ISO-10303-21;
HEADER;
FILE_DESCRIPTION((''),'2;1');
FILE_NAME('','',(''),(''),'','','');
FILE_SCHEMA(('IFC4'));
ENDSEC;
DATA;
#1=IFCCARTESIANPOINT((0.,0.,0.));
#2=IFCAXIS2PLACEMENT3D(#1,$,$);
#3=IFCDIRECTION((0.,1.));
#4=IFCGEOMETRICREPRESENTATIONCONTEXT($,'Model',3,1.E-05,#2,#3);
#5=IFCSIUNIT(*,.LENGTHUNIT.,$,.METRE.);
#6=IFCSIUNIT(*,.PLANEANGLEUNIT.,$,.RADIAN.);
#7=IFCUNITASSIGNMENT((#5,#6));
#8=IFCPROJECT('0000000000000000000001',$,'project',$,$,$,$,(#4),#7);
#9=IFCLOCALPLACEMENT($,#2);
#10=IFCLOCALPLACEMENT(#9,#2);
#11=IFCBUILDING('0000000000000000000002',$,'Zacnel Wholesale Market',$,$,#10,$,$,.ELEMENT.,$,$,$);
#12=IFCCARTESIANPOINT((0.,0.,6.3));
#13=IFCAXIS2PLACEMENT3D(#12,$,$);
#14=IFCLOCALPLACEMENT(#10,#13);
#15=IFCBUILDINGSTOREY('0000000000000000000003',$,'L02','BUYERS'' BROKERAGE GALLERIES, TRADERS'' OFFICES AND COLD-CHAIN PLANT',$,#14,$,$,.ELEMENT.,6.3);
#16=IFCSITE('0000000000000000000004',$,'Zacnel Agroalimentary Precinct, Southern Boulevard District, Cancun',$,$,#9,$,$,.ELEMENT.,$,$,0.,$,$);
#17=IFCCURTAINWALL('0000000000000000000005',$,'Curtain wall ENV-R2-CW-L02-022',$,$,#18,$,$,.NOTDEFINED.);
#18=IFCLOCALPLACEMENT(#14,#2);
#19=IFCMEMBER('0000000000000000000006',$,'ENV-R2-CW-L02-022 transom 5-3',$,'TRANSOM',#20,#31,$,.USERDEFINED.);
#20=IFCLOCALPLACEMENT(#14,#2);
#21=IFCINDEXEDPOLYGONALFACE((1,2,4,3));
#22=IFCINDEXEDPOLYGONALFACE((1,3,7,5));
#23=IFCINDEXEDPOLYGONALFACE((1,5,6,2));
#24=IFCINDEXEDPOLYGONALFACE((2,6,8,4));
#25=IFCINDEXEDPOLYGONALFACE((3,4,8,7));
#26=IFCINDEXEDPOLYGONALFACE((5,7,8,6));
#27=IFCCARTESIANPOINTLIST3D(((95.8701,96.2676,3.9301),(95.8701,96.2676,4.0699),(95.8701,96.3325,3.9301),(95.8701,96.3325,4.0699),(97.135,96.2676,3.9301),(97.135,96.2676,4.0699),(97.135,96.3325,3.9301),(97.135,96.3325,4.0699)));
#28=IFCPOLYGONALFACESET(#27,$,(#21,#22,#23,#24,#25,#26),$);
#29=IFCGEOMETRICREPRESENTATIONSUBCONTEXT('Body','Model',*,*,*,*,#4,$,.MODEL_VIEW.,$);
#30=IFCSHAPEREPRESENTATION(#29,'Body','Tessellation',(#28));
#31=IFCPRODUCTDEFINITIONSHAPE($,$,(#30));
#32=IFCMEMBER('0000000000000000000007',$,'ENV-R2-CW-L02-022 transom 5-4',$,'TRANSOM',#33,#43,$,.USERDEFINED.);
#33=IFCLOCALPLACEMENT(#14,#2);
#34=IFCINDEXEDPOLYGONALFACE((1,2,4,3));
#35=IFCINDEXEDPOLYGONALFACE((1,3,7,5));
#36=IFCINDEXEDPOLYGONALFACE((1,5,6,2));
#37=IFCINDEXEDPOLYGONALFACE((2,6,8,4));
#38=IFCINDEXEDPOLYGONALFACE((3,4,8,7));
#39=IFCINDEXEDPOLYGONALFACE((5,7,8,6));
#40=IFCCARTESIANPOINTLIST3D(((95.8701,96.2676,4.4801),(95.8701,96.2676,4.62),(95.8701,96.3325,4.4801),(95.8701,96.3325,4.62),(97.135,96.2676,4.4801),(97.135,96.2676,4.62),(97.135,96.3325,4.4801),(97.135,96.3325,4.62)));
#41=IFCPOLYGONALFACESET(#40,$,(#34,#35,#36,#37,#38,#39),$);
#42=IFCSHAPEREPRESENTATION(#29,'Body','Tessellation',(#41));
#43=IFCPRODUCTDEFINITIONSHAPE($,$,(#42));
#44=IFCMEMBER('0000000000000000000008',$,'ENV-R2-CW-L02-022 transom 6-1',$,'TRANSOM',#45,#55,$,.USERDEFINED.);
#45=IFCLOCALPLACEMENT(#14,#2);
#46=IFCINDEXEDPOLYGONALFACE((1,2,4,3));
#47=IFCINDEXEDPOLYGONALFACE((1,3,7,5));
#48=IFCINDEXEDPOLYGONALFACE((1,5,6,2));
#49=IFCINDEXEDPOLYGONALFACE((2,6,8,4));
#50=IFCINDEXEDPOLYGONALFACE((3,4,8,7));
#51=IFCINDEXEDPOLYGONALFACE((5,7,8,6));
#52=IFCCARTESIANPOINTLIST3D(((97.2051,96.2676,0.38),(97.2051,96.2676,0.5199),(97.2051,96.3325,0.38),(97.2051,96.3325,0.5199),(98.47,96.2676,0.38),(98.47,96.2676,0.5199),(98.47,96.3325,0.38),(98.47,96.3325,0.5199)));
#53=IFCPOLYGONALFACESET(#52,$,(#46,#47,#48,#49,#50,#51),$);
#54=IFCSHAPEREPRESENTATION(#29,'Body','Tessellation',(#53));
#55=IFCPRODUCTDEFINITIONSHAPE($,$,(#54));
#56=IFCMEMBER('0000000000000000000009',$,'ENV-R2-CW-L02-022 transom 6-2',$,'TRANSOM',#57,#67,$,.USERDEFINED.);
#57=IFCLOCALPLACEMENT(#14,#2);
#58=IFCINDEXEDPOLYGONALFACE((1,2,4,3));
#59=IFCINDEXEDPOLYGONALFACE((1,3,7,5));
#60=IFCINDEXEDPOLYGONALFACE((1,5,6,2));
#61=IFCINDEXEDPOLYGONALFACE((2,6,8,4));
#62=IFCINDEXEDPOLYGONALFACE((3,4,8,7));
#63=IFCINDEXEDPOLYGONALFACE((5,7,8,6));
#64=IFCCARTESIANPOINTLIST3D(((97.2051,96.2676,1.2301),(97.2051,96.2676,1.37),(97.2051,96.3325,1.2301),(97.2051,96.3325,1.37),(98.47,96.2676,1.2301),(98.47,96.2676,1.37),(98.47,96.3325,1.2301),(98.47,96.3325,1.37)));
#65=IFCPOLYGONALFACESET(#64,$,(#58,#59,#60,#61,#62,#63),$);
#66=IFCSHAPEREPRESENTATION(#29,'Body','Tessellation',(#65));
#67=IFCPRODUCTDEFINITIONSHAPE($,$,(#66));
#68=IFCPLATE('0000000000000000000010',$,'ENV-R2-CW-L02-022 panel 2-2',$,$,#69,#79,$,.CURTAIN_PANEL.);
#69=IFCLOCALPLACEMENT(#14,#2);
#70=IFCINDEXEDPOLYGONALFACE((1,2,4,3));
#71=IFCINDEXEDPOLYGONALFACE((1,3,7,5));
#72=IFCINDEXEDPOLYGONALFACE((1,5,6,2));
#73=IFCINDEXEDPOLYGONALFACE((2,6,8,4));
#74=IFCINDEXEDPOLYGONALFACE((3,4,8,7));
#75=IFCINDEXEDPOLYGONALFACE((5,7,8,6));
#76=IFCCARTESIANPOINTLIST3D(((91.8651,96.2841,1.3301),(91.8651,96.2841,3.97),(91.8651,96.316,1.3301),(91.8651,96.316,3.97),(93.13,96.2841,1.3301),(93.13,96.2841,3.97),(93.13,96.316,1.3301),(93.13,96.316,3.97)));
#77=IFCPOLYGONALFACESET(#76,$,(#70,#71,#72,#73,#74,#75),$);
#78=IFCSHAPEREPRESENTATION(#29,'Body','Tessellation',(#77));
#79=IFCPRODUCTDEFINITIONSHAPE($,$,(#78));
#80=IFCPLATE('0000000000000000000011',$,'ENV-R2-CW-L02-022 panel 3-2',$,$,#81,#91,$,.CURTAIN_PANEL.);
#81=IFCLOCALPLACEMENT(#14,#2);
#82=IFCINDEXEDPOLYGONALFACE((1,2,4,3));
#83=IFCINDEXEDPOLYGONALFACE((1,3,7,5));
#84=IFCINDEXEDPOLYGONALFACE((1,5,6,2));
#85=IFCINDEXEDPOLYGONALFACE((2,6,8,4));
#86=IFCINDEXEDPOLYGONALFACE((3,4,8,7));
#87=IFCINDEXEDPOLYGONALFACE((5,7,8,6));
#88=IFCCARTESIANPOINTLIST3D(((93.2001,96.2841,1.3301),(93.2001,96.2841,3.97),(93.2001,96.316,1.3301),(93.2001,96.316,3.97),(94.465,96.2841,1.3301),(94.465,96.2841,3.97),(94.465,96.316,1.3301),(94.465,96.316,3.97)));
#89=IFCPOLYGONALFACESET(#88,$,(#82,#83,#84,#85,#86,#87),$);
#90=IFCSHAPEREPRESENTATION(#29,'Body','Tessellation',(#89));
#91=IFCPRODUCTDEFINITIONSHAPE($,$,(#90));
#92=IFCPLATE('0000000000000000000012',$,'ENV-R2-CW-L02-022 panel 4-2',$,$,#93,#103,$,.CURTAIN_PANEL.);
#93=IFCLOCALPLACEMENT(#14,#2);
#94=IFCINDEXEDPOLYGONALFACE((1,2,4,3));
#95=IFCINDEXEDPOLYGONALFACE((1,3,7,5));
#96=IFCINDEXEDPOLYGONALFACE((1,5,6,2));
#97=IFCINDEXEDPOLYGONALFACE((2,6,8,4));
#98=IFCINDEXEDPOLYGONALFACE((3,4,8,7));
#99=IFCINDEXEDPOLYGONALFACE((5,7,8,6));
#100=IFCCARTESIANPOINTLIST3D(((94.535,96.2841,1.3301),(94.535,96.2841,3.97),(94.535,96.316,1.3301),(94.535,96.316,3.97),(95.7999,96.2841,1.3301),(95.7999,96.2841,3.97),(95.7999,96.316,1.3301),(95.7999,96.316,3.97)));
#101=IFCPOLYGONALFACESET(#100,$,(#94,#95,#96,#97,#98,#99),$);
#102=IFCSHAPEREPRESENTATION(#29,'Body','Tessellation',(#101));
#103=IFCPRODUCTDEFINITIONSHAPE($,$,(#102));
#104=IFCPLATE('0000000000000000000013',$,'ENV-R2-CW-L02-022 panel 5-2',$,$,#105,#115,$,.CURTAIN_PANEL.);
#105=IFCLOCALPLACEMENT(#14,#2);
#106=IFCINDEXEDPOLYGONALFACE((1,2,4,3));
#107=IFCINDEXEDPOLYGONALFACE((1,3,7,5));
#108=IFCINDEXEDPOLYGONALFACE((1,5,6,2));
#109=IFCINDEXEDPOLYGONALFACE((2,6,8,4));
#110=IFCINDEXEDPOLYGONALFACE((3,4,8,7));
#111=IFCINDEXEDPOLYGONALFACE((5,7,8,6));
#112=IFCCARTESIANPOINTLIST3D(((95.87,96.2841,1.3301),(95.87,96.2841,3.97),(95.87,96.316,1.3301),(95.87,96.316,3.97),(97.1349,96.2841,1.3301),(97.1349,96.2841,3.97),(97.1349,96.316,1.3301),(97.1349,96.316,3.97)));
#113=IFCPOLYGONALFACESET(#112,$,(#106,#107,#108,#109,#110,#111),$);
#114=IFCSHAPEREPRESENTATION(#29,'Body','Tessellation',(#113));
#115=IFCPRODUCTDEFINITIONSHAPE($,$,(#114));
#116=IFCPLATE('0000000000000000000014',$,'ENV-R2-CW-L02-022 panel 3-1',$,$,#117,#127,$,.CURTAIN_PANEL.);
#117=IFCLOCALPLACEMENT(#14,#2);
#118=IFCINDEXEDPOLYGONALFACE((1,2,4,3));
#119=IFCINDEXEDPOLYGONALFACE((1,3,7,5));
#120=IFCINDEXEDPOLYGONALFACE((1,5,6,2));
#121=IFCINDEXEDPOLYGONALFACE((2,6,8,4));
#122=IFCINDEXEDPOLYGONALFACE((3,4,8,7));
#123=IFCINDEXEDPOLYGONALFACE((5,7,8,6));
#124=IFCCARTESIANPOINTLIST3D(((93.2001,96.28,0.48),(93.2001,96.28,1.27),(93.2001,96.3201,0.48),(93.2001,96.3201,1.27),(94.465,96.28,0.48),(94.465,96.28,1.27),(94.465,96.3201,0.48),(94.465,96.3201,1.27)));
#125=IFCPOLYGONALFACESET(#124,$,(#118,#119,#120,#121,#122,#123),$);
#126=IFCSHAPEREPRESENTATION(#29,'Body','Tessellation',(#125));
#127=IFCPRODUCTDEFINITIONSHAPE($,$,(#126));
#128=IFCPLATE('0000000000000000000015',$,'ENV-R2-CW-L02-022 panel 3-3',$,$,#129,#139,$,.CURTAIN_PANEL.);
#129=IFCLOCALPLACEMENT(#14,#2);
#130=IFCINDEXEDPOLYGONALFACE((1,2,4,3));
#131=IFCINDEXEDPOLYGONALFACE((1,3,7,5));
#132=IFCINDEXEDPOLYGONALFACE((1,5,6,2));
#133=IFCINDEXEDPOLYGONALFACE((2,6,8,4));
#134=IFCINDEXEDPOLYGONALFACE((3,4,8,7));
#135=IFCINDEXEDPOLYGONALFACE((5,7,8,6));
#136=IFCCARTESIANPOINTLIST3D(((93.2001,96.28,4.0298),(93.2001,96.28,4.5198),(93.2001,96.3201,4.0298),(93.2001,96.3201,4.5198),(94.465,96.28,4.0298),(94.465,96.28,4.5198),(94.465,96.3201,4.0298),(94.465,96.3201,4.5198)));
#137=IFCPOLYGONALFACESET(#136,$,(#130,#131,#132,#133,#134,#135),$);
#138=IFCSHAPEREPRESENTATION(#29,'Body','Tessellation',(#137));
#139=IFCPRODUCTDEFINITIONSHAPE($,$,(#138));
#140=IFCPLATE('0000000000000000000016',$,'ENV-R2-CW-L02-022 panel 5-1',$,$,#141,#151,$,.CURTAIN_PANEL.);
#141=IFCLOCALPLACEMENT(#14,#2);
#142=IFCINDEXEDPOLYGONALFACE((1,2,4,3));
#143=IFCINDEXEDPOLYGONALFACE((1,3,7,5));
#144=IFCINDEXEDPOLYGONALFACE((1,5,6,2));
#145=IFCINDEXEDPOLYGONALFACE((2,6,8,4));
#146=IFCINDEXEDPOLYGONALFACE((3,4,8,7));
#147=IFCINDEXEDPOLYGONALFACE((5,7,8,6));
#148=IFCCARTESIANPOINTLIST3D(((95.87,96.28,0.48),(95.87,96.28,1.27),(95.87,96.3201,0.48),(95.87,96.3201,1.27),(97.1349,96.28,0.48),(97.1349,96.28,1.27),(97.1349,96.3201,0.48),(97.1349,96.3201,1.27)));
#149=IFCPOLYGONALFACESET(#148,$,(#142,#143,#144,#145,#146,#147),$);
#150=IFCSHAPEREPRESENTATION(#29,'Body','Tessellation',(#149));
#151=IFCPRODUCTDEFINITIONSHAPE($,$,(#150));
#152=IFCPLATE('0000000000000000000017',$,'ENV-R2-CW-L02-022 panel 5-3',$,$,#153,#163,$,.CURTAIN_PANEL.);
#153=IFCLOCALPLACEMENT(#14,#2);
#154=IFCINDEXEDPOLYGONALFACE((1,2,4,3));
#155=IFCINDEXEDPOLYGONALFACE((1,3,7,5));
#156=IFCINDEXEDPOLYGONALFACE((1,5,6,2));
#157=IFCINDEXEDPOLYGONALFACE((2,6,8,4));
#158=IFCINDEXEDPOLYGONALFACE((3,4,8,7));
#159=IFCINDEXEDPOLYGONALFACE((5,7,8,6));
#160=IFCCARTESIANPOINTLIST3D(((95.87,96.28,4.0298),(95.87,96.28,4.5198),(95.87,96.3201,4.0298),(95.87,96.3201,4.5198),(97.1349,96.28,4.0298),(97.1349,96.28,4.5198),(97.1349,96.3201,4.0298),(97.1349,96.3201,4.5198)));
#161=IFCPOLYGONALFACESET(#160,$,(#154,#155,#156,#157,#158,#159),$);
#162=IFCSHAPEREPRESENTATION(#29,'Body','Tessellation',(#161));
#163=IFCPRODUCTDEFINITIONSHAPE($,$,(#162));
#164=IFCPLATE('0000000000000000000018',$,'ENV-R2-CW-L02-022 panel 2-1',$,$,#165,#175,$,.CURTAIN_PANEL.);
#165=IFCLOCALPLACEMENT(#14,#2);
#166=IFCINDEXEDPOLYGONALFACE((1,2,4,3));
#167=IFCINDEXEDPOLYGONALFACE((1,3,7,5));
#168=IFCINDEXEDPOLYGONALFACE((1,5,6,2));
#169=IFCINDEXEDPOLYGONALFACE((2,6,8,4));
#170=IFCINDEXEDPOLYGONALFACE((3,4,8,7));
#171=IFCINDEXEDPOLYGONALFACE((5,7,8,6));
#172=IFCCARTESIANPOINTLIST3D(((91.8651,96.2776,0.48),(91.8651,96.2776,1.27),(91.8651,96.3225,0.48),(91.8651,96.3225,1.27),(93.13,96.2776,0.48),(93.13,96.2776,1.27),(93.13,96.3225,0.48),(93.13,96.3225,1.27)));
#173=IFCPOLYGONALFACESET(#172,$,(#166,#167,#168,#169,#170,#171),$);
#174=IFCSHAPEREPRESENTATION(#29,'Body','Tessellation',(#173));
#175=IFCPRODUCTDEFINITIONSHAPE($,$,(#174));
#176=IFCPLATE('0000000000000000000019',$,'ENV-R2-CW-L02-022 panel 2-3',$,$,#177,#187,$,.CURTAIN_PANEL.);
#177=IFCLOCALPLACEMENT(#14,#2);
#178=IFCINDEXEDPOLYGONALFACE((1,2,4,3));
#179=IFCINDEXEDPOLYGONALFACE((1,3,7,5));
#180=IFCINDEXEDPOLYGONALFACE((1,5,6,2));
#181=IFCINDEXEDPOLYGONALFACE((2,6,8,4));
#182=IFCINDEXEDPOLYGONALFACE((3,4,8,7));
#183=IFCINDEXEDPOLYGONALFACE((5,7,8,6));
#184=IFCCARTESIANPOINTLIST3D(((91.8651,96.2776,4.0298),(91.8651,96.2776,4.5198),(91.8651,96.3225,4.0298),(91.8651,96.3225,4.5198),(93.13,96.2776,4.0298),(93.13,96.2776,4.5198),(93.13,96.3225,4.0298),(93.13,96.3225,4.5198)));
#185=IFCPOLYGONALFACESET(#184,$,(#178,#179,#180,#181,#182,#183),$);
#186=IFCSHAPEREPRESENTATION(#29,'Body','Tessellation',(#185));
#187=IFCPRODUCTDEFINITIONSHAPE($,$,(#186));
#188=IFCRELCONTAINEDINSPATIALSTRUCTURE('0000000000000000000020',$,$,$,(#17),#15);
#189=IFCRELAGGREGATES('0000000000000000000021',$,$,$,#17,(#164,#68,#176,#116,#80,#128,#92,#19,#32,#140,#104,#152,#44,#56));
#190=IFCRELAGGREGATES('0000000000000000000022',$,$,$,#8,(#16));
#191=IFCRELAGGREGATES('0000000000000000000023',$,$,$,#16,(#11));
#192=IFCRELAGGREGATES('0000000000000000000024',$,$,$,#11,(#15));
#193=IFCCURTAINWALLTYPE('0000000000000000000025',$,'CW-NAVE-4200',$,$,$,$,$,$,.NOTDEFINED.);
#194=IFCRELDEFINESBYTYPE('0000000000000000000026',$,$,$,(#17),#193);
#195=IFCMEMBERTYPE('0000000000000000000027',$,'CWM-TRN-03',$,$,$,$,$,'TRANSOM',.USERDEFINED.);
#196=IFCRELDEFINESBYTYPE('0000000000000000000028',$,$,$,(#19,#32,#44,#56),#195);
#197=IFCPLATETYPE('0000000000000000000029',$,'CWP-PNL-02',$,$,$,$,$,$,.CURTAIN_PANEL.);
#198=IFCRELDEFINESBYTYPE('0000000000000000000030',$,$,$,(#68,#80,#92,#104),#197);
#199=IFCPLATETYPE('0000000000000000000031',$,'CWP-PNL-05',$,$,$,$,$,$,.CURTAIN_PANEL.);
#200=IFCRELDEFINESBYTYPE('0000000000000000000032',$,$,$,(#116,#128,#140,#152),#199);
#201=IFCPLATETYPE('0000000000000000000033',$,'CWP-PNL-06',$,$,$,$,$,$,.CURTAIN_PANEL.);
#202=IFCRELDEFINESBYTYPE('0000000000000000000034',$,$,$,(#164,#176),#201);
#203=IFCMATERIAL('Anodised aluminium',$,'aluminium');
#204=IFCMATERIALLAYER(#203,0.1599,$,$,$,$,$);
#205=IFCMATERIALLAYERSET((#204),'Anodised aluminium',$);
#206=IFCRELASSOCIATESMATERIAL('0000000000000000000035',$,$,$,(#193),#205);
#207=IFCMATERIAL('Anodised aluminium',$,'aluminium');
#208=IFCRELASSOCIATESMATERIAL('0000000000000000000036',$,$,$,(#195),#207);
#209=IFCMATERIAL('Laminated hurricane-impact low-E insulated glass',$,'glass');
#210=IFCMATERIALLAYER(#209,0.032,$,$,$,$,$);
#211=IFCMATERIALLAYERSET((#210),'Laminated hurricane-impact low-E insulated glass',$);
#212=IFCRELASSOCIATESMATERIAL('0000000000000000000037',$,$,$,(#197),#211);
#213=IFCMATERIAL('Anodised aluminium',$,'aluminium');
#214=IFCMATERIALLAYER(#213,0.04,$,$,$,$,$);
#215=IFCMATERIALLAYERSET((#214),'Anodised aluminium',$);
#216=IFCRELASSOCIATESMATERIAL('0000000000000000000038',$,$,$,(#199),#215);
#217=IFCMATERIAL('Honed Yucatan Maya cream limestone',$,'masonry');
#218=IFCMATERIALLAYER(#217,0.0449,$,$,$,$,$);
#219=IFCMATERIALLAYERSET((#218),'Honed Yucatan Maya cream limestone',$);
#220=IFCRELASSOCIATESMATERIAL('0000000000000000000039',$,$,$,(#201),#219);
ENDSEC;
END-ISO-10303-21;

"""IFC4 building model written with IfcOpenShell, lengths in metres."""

from ifc_helpers import new_model, si_unit, direction, frame, origin, origin_2d, place, context, subcontext, project, spatial, rectangle, extrude, material, layer, layer_set, material_profile, profile_set, type_object, element, aggregate, save


model = new_model("IFC4")

# Units and contexts
model_context = context("Model", 3, precision=1e-05, world=origin(), true_north=direction((0.0, 1.0)))
body_context = subcontext(model_context, "Body", "Model", "MODEL_VIEW")
ifc_project = project(units=[si_unit("LENGTHUNIT", "METRE"), si_unit("PLANEANGLEUNIT", "RADIAN")], contexts=[model_context])

# Site, building, storey
site_placement = place(None, origin())
site = spatial("IfcSite", under=ifc_project, at=site_placement, Name="Zacnel Agroalimentary Precinct, Southern Boulevard District, Cancun", CompositionType="ELEMENT", RefElevation=0.0)
building_placement = place(site_placement, origin())
building = spatial("IfcBuilding", under=site, at=building_placement, Name="Zacnel Wholesale Market", CompositionType="ELEMENT")
storey_placement = place(building_placement, frame((0.0, 0.0, 6.3)))
storey = spatial("IfcBuildingStorey", under=building, at=storey_placement, Name="L02", Description="BUYERS' BROKERAGE GALLERIES, TRADERS' OFFICES AND COLD-CHAIN PLANT", CompositionType="ELEMENT", Elevation=6.3)

# Curtain wall, members, plates
ifc_material_1 = material(Name="Anodised aluminium", Category="aluminium")
ifc_layer_1 = layer(ifc_material_1, 0.1599)
ifc_layer_set_1 = layer_set([ifc_layer_1], Name="Anodised aluminium")
curtain_wall_type = type_object("IfcCurtainWallType", Name="CW-NAVE-4200", PredefinedType="NOTDEFINED", material=ifc_layer_set_1)
curtain_wall_placement = place(storey_placement, origin())
curtain_wall = element("IfcCurtainWall", 1, at=curtain_wall_placement, inside=storey, type_object=curtain_wall_type, Name="Curtain wall ENV-R2-CW-L02-022", PredefinedType="NOTDEFINED")
ifc_material_2 = material(Name="Anodised aluminium", Category="aluminium")
ifc_material_profile_1 = material_profile(ifc_material_2, rectangle(XDim=0.0649, YDim=0.1399, at=origin_2d()), Name="AW-TRANSOM 65x140")
ifc_profile_set_1 = profile_set([ifc_material_profile_1], Name="Anodised aluminium")
member_type_1 = type_object("IfcMemberType", Name="CWM-TRN-03", ElementType="TRANSOM", PredefinedType="USERDEFINED", material=ifc_profile_set_1)
member_1_placement = place(storey_placement, frame((95.8701, 96.3, 4.0), z_axis=(1.0, 0.0, 0.0), x_axis=(0.0, 1.0, 0.0)))
member_1 = element("IfcMember", 2, at=member_1_placement, type_object=member_type_1, Name="ENV-R2-CW-L02-022 transom 5-3", ObjectType="TRANSOM", PredefinedType="USERDEFINED", context=body_context, shape_type="SweptSolid", body=[
    extrude(rectangle(XDim=0.0649, YDim=0.1399, at=origin_2d()), origin(), (0.0, 0.0, 1.0), 1.2649),
])
member_2_placement = place(storey_placement, frame((95.8701, 96.3, 4.55), z_axis=(1.0, 0.0, 0.0), x_axis=(0.0, 1.0, 0.0)))
member_2 = element("IfcMember", 3, at=member_2_placement, type_object=member_type_1, Name="ENV-R2-CW-L02-022 transom 5-4", ObjectType="TRANSOM", PredefinedType="USERDEFINED", context=body_context, shape_type="SweptSolid", body=[
    extrude(rectangle(XDim=0.0649, YDim=0.1399, at=origin_2d()), origin(), (0.0, 0.0, 1.0), 1.2649),
])
member_3_placement = place(storey_placement, frame((97.2051, 96.3, 0.45), z_axis=(1.0, 0.0, 0.0), x_axis=(0.0, 1.0, 0.0)))
member_3 = element("IfcMember", 4, at=member_3_placement, type_object=member_type_1, Name="ENV-R2-CW-L02-022 transom 6-1", ObjectType="TRANSOM", PredefinedType="USERDEFINED", context=body_context, shape_type="SweptSolid", body=[
    extrude(rectangle(XDim=0.0649, YDim=0.1399, at=origin_2d()), origin(), (0.0, 0.0, 1.0), 1.2649),
])
member_4_placement = place(storey_placement, frame((97.2051, 96.3, 1.3), z_axis=(1.0, 0.0, 0.0), x_axis=(0.0, 1.0, 0.0)))
member_4 = element("IfcMember", 5, at=member_4_placement, type_object=member_type_1, Name="ENV-R2-CW-L02-022 transom 6-2", ObjectType="TRANSOM", PredefinedType="USERDEFINED", context=body_context, shape_type="SweptSolid", body=[
    extrude(rectangle(XDim=0.0649, YDim=0.1399, at=origin_2d()), origin(), (0.0, 0.0, 1.0), 1.2649),
])
ifc_material_3 = material(Name="Laminated hurricane-impact low-E insulated glass", Category="glass")
ifc_layer_2 = layer(ifc_material_3, 0.032)
ifc_layer_set_2 = layer_set([ifc_layer_2], Name="Laminated hurricane-impact low-E insulated glass")
plate_type_1 = type_object("IfcPlateType", Name="CWP-PNL-02", PredefinedType="CURTAIN_PANEL", material=ifc_layer_set_2)
plate_1_placement = place(storey_placement, frame((92.4976, 96.3, 1.3301), z_axis=(0.0, 0.0, 1.0), x_axis=(1.0, 0.0, 0.0)))
plate_1 = element("IfcPlate", 6, at=plate_1_placement, type_object=plate_type_1, Name="ENV-R2-CW-L02-022 panel 2-2", PredefinedType="CURTAIN_PANEL", context=body_context, shape_type="SweptSolid", body=[
    extrude(rectangle(XDim=1.2649, YDim=0.032, at=origin_2d()), origin(), (0.0, 0.0, 1.0), 2.6399),
])
plate_2_placement = place(storey_placement, frame((93.8325, 96.3, 1.3301), z_axis=(0.0, 0.0, 1.0), x_axis=(1.0, 0.0, 0.0)))
plate_2 = element("IfcPlate", 7, at=plate_2_placement, type_object=plate_type_1, Name="ENV-R2-CW-L02-022 panel 3-2", PredefinedType="CURTAIN_PANEL", context=body_context, shape_type="SweptSolid", body=[
    extrude(rectangle(XDim=1.2649, YDim=0.032, at=origin_2d()), origin(), (0.0, 0.0, 1.0), 2.6399),
])
plate_3_placement = place(storey_placement, frame((95.1675, 96.3, 1.3301), z_axis=(0.0, 0.0, 1.0), x_axis=(1.0, 0.0, 0.0)))
plate_3 = element("IfcPlate", 8, at=plate_3_placement, type_object=plate_type_1, Name="ENV-R2-CW-L02-022 panel 4-2", PredefinedType="CURTAIN_PANEL", context=body_context, shape_type="SweptSolid", body=[
    extrude(rectangle(XDim=1.2649, YDim=0.032, at=origin_2d()), origin(), (0.0, 0.0, 1.0), 2.6399),
])
plate_4_placement = place(storey_placement, frame((96.5024, 96.3, 1.3301), z_axis=(0.0, 0.0, 1.0), x_axis=(1.0, 0.0, 0.0)))
plate_4 = element("IfcPlate", 9, at=plate_4_placement, type_object=plate_type_1, Name="ENV-R2-CW-L02-022 panel 5-2", PredefinedType="CURTAIN_PANEL", context=body_context, shape_type="SweptSolid", body=[
    extrude(rectangle(XDim=1.2649, YDim=0.032, at=origin_2d()), origin(), (0.0, 0.0, 1.0), 2.6399),
])
ifc_material_4 = material(Name="Anodised aluminium", Category="aluminium")
ifc_layer_3 = layer(ifc_material_4, 0.04)
ifc_layer_set_3 = layer_set([ifc_layer_3], Name="Anodised aluminium")
plate_type_2 = type_object("IfcPlateType", Name="CWP-PNL-05", PredefinedType="CURTAIN_PANEL", material=ifc_layer_set_3)
plate_5_placement = place(storey_placement, frame((93.8325, 96.3, 0.48), z_axis=(0.0, 0.0, 1.0), x_axis=(1.0, 0.0, 0.0)))
plate_5 = element("IfcPlate", 10, at=plate_5_placement, type_object=plate_type_2, Name="ENV-R2-CW-L02-022 panel 3-1", PredefinedType="CURTAIN_PANEL", context=body_context, shape_type="SweptSolid", body=[
    extrude(rectangle(XDim=1.2649, YDim=0.04, at=origin_2d()), origin(), (0.0, 0.0, 1.0), 0.79),
])
plate_6_placement = place(storey_placement, frame((93.8325, 96.3, 4.0298), z_axis=(0.0, 0.0, 1.0), x_axis=(1.0, 0.0, 0.0)))
plate_6 = element("IfcPlate", 11, at=plate_6_placement, type_object=plate_type_2, Name="ENV-R2-CW-L02-022 panel 3-3", PredefinedType="CURTAIN_PANEL", context=body_context, shape_type="SweptSolid", body=[
    extrude(rectangle(XDim=1.2649, YDim=0.04, at=origin_2d()), origin(), (0.0, 0.0, 1.0), 0.49),
])
plate_7_placement = place(storey_placement, frame((96.5024, 96.3, 0.48), z_axis=(0.0, 0.0, 1.0), x_axis=(1.0, 0.0, 0.0)))
plate_7 = element("IfcPlate", 12, at=plate_7_placement, type_object=plate_type_2, Name="ENV-R2-CW-L02-022 panel 5-1", PredefinedType="CURTAIN_PANEL", context=body_context, shape_type="SweptSolid", body=[
    extrude(rectangle(XDim=1.2649, YDim=0.04, at=origin_2d()), origin(), (0.0, 0.0, 1.0), 0.79),
])
plate_8_placement = place(storey_placement, frame((96.5024, 96.3, 4.0298), z_axis=(0.0, 0.0, 1.0), x_axis=(1.0, 0.0, 0.0)))
plate_8 = element("IfcPlate", 13, at=plate_8_placement, type_object=plate_type_2, Name="ENV-R2-CW-L02-022 panel 5-3", PredefinedType="CURTAIN_PANEL", context=body_context, shape_type="SweptSolid", body=[
    extrude(rectangle(XDim=1.2649, YDim=0.04, at=origin_2d()), origin(), (0.0, 0.0, 1.0), 0.49),
])
ifc_material_5 = material(Name="Honed Yucatan Maya cream limestone", Category="masonry")
ifc_layer_4 = layer(ifc_material_5, 0.0449)
ifc_layer_set_4 = layer_set([ifc_layer_4], Name="Honed Yucatan Maya cream limestone")
plate_type_3 = type_object("IfcPlateType", Name="CWP-PNL-06", PredefinedType="CURTAIN_PANEL", material=ifc_layer_set_4)
plate_9_placement = place(storey_placement, frame((92.4976, 96.3, 0.48), z_axis=(0.0, 0.0, 1.0), x_axis=(1.0, 0.0, 0.0)))
plate_9 = element("IfcPlate", 14, at=plate_9_placement, type_object=plate_type_3, Name="ENV-R2-CW-L02-022 panel 2-1", PredefinedType="CURTAIN_PANEL", context=body_context, shape_type="SweptSolid", body=[
    extrude(rectangle(XDim=1.2649, YDim=0.0449, at=origin_2d()), origin(), (0.0, 0.0, 1.0), 0.79),
])
plate_10_placement = place(storey_placement, frame((92.4976, 96.3, 4.0298), z_axis=(0.0, 0.0, 1.0), x_axis=(1.0, 0.0, 0.0)))
plate_10 = element("IfcPlate", 15, at=plate_10_placement, type_object=plate_type_3, Name="ENV-R2-CW-L02-022 panel 2-3", PredefinedType="CURTAIN_PANEL", context=body_context, shape_type="SweptSolid", body=[
    extrude(rectangle(XDim=1.2649, YDim=0.0449, at=origin_2d()), origin(), (0.0, 0.0, 1.0), 0.49),
])
aggregate(curtain_wall, [plate_9, plate_1, plate_10, plate_5, plate_2, plate_6, plate_3, member_1, member_2, plate_7, plate_4, plate_8, member_3, member_4])

save(model, "model.ifc")
